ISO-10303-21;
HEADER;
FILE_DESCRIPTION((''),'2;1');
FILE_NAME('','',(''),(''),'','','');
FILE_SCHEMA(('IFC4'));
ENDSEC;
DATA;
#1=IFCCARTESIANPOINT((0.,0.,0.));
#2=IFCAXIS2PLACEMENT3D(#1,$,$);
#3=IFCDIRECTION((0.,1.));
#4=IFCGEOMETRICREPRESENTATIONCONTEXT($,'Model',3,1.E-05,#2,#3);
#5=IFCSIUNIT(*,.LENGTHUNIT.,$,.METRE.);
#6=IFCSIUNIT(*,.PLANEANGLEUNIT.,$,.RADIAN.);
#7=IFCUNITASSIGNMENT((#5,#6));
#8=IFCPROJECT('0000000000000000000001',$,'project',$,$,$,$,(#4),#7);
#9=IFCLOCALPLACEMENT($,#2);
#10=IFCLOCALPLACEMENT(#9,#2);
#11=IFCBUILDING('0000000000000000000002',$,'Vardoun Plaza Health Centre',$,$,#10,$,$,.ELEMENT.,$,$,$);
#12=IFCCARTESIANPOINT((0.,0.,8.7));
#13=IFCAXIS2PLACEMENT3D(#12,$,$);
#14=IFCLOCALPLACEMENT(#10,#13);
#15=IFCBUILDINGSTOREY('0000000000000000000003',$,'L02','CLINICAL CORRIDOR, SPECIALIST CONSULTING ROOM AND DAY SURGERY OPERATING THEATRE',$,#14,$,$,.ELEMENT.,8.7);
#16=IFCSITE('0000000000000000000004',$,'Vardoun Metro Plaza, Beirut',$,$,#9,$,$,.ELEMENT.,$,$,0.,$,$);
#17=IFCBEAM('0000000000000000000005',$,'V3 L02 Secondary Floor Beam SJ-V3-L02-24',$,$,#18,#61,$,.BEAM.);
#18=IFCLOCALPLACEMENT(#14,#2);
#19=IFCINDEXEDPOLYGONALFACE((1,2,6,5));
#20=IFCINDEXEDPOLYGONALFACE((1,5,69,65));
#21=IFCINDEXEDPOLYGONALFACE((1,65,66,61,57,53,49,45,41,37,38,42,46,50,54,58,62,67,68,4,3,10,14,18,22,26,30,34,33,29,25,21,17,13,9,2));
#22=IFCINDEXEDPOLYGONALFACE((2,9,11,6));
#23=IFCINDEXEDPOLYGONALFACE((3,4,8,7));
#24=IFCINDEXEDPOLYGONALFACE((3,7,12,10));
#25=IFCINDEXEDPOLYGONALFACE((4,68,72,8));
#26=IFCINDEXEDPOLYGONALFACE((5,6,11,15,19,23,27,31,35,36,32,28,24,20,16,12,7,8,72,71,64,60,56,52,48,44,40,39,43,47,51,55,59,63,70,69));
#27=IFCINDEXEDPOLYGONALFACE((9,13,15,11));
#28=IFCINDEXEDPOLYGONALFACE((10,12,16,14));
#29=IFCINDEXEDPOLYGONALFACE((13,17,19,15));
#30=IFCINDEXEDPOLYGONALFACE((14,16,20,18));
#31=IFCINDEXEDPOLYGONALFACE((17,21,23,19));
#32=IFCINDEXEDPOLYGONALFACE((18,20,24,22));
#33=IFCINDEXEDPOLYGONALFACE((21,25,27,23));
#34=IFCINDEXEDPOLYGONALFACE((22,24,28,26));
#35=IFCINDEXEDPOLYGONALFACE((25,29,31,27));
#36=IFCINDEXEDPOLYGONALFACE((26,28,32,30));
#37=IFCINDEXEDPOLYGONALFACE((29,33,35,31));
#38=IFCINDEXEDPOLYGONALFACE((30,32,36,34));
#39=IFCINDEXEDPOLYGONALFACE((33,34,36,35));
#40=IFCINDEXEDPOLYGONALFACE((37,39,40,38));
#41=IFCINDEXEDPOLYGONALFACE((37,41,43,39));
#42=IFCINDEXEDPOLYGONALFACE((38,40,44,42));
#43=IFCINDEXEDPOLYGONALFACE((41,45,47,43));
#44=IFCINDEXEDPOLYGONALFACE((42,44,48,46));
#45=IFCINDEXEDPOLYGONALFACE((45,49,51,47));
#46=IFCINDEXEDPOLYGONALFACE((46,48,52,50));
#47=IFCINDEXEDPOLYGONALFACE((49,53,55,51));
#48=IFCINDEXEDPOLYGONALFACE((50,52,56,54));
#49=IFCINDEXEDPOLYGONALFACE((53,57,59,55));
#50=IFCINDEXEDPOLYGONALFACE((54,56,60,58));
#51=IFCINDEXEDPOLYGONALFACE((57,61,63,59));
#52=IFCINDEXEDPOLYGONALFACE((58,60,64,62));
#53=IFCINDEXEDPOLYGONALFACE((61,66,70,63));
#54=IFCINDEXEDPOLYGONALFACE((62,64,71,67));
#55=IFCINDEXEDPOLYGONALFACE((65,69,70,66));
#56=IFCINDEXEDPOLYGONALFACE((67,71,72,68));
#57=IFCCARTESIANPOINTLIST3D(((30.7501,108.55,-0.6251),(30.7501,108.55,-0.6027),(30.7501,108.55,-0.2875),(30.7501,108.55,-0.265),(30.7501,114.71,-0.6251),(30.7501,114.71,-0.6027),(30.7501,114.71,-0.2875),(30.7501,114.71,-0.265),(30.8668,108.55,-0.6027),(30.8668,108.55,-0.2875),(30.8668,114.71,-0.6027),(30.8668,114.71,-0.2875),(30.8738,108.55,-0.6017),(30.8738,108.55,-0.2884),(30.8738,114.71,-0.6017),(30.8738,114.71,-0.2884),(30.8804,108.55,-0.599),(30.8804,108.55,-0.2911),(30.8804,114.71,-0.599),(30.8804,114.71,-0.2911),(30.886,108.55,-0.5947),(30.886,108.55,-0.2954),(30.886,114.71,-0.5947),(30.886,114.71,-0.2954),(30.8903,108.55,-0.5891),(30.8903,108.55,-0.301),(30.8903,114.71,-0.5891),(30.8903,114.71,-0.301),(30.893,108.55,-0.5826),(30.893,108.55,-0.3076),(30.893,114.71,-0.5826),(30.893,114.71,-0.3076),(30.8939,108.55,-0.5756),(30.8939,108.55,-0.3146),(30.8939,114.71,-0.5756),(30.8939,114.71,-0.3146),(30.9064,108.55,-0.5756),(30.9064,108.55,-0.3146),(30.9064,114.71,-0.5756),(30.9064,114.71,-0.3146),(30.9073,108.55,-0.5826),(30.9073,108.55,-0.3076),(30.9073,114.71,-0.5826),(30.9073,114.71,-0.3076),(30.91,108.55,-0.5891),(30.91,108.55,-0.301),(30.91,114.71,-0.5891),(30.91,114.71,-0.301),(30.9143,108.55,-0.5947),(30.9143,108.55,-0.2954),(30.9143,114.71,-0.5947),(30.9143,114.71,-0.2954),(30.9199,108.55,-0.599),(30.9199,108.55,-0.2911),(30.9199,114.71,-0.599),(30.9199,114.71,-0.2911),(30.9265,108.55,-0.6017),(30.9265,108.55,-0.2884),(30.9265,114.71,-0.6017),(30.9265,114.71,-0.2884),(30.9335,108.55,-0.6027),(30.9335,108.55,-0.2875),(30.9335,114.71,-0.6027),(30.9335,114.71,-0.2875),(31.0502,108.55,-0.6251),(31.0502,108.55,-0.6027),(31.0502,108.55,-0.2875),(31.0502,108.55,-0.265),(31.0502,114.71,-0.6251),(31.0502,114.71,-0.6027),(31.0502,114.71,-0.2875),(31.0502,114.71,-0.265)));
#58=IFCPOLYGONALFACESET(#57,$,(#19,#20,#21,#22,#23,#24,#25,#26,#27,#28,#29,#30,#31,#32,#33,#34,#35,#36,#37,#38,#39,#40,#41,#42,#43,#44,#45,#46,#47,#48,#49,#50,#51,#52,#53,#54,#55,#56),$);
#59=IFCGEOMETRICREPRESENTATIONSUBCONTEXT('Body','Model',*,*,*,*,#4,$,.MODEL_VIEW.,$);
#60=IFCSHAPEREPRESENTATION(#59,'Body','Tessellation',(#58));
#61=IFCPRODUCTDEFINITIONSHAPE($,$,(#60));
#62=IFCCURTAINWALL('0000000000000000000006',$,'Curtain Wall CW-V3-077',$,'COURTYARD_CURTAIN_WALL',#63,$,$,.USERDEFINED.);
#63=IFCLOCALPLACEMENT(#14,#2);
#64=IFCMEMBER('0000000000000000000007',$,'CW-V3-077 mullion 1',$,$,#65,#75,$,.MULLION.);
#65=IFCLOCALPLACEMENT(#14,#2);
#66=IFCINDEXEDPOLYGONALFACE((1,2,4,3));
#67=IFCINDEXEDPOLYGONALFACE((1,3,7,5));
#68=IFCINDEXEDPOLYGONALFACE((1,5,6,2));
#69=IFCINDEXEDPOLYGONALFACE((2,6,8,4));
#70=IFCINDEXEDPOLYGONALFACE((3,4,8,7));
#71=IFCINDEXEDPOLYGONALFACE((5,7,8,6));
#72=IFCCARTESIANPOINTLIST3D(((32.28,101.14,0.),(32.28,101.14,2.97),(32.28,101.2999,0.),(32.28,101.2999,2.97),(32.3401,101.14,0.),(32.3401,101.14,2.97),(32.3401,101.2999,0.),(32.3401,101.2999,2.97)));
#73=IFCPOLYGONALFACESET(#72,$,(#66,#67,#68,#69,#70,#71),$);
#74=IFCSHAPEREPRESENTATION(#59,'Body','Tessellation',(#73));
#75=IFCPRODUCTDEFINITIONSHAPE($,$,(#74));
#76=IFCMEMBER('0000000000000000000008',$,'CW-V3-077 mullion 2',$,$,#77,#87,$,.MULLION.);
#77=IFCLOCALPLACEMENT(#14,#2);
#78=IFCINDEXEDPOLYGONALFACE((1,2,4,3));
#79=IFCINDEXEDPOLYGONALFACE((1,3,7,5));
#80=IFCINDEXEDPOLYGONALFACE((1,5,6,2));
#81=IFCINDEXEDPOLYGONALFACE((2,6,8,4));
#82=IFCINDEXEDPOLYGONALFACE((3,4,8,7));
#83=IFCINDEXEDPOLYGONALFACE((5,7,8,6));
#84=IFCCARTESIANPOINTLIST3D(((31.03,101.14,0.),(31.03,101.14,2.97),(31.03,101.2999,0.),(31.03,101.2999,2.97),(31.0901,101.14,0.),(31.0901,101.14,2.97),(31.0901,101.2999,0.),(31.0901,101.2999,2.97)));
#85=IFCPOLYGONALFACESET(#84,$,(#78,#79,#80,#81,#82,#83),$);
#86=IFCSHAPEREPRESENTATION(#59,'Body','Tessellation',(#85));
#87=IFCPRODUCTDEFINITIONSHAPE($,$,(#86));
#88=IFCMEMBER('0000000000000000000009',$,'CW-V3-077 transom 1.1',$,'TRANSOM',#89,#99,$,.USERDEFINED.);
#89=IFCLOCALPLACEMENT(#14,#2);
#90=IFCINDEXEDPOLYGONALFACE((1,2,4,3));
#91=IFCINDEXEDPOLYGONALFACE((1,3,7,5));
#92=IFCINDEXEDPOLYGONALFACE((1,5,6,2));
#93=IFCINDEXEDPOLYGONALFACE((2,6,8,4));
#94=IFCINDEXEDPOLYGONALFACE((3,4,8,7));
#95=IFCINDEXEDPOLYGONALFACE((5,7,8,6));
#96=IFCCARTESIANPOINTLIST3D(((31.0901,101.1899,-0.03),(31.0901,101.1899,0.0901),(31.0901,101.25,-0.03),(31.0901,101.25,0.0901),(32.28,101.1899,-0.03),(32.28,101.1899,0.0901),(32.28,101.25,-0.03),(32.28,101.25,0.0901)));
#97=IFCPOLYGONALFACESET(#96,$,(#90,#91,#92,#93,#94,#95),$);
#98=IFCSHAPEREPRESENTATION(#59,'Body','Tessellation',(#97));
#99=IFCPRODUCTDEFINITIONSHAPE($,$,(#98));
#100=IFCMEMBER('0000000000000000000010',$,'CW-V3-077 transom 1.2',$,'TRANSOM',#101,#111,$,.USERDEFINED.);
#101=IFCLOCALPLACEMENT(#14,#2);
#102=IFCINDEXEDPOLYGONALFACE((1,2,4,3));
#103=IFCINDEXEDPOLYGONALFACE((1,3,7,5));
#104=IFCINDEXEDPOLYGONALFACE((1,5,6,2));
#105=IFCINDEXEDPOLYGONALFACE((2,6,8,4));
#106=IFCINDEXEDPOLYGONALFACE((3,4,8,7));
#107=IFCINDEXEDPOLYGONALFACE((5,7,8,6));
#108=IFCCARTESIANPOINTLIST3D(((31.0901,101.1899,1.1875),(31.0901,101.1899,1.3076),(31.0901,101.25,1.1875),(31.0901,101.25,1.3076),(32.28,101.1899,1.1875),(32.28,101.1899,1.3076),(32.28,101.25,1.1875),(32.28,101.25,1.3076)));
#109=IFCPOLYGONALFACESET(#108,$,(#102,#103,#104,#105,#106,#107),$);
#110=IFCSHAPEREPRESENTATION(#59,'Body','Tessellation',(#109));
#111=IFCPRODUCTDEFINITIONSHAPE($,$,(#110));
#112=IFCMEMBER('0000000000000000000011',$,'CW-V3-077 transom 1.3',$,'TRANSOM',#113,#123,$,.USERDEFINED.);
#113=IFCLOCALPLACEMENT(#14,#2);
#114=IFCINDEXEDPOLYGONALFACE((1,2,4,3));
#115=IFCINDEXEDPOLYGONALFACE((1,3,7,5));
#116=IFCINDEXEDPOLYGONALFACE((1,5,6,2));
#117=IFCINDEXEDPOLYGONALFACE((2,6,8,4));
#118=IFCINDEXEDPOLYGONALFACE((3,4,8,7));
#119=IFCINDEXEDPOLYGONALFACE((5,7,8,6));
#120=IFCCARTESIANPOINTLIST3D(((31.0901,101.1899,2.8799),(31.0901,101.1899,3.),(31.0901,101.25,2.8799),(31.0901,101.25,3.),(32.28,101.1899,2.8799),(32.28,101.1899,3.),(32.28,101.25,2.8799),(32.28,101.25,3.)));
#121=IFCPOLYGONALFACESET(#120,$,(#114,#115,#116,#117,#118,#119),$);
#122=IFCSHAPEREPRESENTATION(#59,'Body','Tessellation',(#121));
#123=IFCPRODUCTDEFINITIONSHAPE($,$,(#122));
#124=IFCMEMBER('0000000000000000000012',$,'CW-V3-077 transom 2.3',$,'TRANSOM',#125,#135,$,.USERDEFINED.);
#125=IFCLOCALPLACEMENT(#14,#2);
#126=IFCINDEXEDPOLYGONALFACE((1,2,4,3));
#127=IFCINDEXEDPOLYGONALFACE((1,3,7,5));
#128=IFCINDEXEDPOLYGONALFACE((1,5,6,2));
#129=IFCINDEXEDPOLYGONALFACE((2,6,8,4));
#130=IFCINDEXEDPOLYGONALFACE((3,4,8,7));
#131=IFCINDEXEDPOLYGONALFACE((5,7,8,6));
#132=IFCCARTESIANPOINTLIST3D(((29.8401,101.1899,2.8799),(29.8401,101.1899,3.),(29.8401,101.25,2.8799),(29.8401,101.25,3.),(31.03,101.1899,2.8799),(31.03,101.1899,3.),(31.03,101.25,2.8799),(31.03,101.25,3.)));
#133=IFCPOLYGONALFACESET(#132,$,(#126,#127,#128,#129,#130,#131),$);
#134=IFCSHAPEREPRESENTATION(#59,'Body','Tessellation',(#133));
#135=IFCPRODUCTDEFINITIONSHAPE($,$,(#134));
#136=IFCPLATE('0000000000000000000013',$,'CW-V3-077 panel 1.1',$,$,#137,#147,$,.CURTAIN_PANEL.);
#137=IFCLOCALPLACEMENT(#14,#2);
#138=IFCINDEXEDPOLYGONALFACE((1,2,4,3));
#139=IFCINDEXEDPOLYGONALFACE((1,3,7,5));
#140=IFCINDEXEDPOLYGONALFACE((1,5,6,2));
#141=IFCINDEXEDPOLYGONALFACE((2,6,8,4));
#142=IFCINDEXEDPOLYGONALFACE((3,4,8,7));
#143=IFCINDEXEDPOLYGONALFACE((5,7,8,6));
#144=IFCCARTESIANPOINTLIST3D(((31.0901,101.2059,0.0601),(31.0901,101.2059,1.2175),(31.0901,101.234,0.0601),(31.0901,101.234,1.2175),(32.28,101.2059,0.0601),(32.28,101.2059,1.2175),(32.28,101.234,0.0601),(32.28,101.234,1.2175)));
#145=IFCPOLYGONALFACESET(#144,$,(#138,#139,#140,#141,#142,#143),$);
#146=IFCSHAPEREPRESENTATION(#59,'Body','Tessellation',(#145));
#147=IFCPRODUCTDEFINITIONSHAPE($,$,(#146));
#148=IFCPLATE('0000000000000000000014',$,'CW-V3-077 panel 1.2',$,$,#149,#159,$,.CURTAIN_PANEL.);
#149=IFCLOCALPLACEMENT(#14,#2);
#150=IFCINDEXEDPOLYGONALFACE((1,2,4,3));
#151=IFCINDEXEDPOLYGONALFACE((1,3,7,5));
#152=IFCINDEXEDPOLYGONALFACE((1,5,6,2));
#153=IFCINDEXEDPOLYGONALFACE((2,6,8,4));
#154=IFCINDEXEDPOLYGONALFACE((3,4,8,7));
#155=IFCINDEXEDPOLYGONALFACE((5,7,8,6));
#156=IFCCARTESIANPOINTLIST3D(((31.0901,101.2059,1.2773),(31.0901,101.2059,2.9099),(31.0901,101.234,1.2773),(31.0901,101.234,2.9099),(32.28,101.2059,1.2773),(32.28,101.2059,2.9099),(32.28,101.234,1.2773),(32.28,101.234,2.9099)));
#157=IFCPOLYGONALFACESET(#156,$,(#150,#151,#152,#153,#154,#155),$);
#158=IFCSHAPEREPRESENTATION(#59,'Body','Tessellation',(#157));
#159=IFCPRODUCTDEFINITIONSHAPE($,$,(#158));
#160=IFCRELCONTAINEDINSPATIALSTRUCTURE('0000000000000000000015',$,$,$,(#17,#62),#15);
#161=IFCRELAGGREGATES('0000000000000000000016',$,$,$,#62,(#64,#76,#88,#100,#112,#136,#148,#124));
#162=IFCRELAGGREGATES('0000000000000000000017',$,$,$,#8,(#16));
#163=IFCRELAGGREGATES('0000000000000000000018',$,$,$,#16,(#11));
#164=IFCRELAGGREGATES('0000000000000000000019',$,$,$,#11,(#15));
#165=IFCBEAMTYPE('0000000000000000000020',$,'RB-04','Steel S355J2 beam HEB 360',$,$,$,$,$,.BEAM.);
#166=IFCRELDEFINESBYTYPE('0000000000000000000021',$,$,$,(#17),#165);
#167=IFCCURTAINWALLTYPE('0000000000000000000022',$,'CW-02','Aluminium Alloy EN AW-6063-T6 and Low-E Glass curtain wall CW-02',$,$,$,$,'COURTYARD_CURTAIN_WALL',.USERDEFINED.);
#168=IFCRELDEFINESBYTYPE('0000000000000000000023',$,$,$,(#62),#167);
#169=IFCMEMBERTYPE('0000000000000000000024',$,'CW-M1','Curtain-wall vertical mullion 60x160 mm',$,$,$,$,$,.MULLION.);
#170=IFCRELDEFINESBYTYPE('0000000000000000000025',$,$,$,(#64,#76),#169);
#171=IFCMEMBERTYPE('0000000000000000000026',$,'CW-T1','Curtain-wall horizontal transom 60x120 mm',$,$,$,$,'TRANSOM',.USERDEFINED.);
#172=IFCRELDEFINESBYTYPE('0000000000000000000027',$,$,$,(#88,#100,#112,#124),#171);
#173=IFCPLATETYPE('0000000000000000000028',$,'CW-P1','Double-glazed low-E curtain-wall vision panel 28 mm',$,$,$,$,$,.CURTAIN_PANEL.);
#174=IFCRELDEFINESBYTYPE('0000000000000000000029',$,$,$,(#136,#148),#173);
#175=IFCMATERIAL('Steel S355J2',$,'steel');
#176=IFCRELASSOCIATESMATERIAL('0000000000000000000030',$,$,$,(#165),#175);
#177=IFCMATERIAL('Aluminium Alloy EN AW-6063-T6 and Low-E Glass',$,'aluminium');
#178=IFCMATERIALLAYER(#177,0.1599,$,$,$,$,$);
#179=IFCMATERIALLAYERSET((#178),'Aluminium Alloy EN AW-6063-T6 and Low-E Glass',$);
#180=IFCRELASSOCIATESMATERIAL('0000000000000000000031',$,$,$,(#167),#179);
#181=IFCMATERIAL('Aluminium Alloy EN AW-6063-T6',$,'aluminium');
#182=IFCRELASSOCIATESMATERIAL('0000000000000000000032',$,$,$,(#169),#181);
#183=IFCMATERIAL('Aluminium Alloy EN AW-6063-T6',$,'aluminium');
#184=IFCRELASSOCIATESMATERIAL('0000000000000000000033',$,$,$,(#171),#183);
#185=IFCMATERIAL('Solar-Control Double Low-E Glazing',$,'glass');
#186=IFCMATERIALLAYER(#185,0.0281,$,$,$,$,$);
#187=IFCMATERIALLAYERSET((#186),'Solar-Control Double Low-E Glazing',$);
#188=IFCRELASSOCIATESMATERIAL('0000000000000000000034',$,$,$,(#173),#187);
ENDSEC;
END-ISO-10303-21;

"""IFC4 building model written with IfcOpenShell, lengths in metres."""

from ifc_helpers import new_model, si_unit, direction, frame, origin, origin_2d, place, context, subcontext, project, spatial, rectangle, i_section, extrude, material, layer, layer_set, material_profile, profile_set, type_object, element, aggregate, save


model = new_model("IFC4")

# Units and contexts
model_context = context("Model", 3, precision=1e-05, world=origin(), true_north=direction((0.0, 1.0)))
body_context = subcontext(model_context, "Body", "Model", "MODEL_VIEW")
ifc_project = project(units=[si_unit("LENGTHUNIT", "METRE"), si_unit("PLANEANGLEUNIT", "RADIAN")], contexts=[model_context])

# Site, building, storey
site_placement = place(None, origin())
site = spatial("IfcSite", under=ifc_project, at=site_placement, Name="Vardoun Metro Plaza, Beirut", CompositionType="ELEMENT", RefElevation=0.0)
building_placement = place(site_placement, origin())
building = spatial("IfcBuilding", under=site, at=building_placement, Name="Vardoun Plaza Health Centre", CompositionType="ELEMENT")
storey_placement = place(building_placement, frame((0.0, 0.0, 8.7)))
storey = spatial("IfcBuildingStorey", under=building, at=storey_placement, Name="L02", Description="CLINICAL CORRIDOR, SPECIALIST CONSULTING ROOM AND DAY SURGERY OPERATING THEATRE", CompositionType="ELEMENT", Elevation=8.7)

# Beam
ifc_material_1 = material(Name="Steel S355J2", Category="steel")
ifc_material_profile_1 = material_profile(ifc_material_1, i_section(OverallWidth=0.3, OverallDepth=0.3601, WebThickness=0.0125, FlangeThickness=0.0225, FilletRadius=0.0271, at=origin_2d()), Name="HEB 360")
ifc_profile_set_1 = profile_set([ifc_material_profile_1], Name="Steel S355J2")
beam_type_1 = type_object("IfcBeamType", Name="RB-04", Description="Steel S355J2 beam HEB 360", PredefinedType="BEAM", material=ifc_profile_set_1)
beam_1_placement = place(storey_placement, frame((30.9001, 108.55, -0.4451), z_axis=(0.0, 1.0, 0.0), x_axis=(-1.0, 0.0, 0.0)))
element("IfcBeam", 1, at=beam_1_placement, inside=storey, type_object=beam_type_1, Name="V3 L02 Secondary Floor Beam SJ-V3-L02-24", PredefinedType="BEAM", context=body_context, shape_type="SweptSolid", body=[
    extrude(i_section(OverallWidth=0.3, OverallDepth=0.3601, WebThickness=0.0125, FlangeThickness=0.0225, FilletRadius=0.0271, at=origin_2d()), origin(), (0.0, 0.0, 1.0), 6.1599),
])

# Curtain wall, members, plates
ifc_material_2 = material(Name="Aluminium Alloy EN AW-6063-T6 and Low-E Glass", Category="aluminium")
ifc_layer_1 = layer(ifc_material_2, 0.1599)
ifc_layer_set_1 = layer_set([ifc_layer_1], Name="Aluminium Alloy EN AW-6063-T6 and Low-E Glass")
curtain_wall_type = type_object("IfcCurtainWallType", Name="CW-02", Description="Aluminium Alloy EN AW-6063-T6 and Low-E Glass curtain wall CW-02", ElementType="COURTYARD_CURTAIN_WALL", PredefinedType="USERDEFINED", material=ifc_layer_set_1)
curtain_wall_placement = place(storey_placement, origin())
curtain_wall = element("IfcCurtainWall", 2, at=curtain_wall_placement, inside=storey, type_object=curtain_wall_type, Name="Curtain Wall CW-V3-077", ObjectType="COURTYARD_CURTAIN_WALL", PredefinedType="USERDEFINED")
ifc_material_3 = material(Name="Aluminium Alloy EN AW-6063-T6", Category="aluminium")
ifc_material_profile_2 = material_profile(ifc_material_3, rectangle(XDim=0.1599, YDim=0.0601, at=origin_2d()), Name="CWM 60x160")
ifc_profile_set_2 = profile_set([ifc_material_profile_2], Name="Aluminium Alloy EN AW-6063-T6")
member_type_1 = type_object("IfcMemberType", Name="CW-M1", Description="Curtain-wall vertical mullion 60x160 mm", PredefinedType="MULLION", material=ifc_profile_set_2)
member_1_placement = place(storey_placement, frame((32.3101, 101.22, 0.0), z_axis=(0.0, 0.0, 1.0), x_axis=(0.0, -1.0, 0.0)))
member_1 = element("IfcMember", 3, at=member_1_placement, type_object=member_type_1, Name="CW-V3-077 mullion 1", PredefinedType="MULLION", context=body_context, shape_type="SweptSolid", body=[
    extrude(rectangle(XDim=0.1599, YDim=0.0601, at=origin_2d()), origin(), (0.0, 0.0, 1.0), 2.97),
])
member_2_placement = place(storey_placement, frame((31.0601, 101.22, 0.0), z_axis=(0.0, 0.0, 1.0), x_axis=(0.0, -1.0, 0.0)))
member_2 = element("IfcMember", 4, at=member_2_placement, type_object=member_type_1, Name="CW-V3-077 mullion 2", PredefinedType="MULLION", context=body_context, shape_type="SweptSolid", body=[
    extrude(rectangle(XDim=0.1599, YDim=0.0601, at=origin_2d()), origin(), (0.0, 0.0, 1.0), 2.97),
])
ifc_material_4 = material(Name="Aluminium Alloy EN AW-6063-T6", Category="aluminium")
ifc_material_profile_3 = material_profile(ifc_material_4, rectangle(XDim=0.0601, YDim=0.1201, at=origin_2d()), Name="CWT 60x120")
ifc_profile_set_3 = profile_set([ifc_material_profile_3], Name="Aluminium Alloy EN AW-6063-T6")
member_type_2 = type_object("IfcMemberType", Name="CW-T1", Description="Curtain-wall horizontal transom 60x120 mm", ElementType="TRANSOM", PredefinedType="USERDEFINED", material=ifc_profile_set_3)
member_3_placement = place(storey_placement, frame((32.28, 101.22, 0.03), z_axis=(-1.0, 0.0, 0.0), x_axis=(0.0, -1.0, 0.0)))
member_3 = element("IfcMember", 5, at=member_3_placement, type_object=member_type_2, Name="CW-V3-077 transom 1.1", ObjectType="TRANSOM", PredefinedType="USERDEFINED", context=body_context, shape_type="SweptSolid", body=[
    extrude(rectangle(XDim=0.0601, YDim=0.1201, at=origin_2d()), origin(), (0.0, 0.0, 1.0), 1.1899),
])
member_4_placement = place(storey_placement, frame((32.28, 101.22, 1.2476), z_axis=(-1.0, 0.0, 0.0), x_axis=(0.0, -1.0, 0.0)))
member_4 = element("IfcMember", 6, at=member_4_placement, type_object=member_type_2, Name="CW-V3-077 transom 1.2", ObjectType="TRANSOM", PredefinedType="USERDEFINED", context=body_context, shape_type="SweptSolid", body=[
    extrude(rectangle(XDim=0.0601, YDim=0.1201, at=origin_2d()), origin(), (0.0, 0.0, 1.0), 1.1899),
])
member_5_placement = place(storey_placement, frame((32.28, 101.22, 2.9399), z_axis=(-1.0, 0.0, 0.0), x_axis=(0.0, -1.0, 0.0)))
member_5 = element("IfcMember", 7, at=member_5_placement, type_object=member_type_2, Name="CW-V3-077 transom 1.3", ObjectType="TRANSOM", PredefinedType="USERDEFINED", context=body_context, shape_type="SweptSolid", body=[
    extrude(rectangle(XDim=0.0601, YDim=0.1201, at=origin_2d()), origin(), (0.0, 0.0, 1.0), 1.1899),
])
member_6_placement = place(storey_placement, frame((31.03, 101.22, 2.9399), z_axis=(-1.0, 0.0, 0.0), x_axis=(0.0, -1.0, 0.0)))
member_6 = element("IfcMember", 8, at=member_6_placement, type_object=member_type_2, Name="CW-V3-077 transom 2.3", ObjectType="TRANSOM", PredefinedType="USERDEFINED", context=body_context, shape_type="SweptSolid", body=[
    extrude(rectangle(XDim=0.0601, YDim=0.1201, at=origin_2d()), origin(), (0.0, 0.0, 1.0), 1.1899),
])
ifc_material_5 = material(Name="Solar-Control Double Low-E Glazing", Category="glass")
ifc_layer_2 = layer(ifc_material_5, 0.0281)
ifc_layer_set_2 = layer_set([ifc_layer_2], Name="Solar-Control Double Low-E Glazing")
plate_type = type_object("IfcPlateType", Name="CW-P1", Description="Double-glazed low-E curtain-wall vision panel 28 mm", PredefinedType="CURTAIN_PANEL", material=ifc_layer_set_2)
plate_1_placement = place(storey_placement, frame((31.6851, 101.22, 0.0601), z_axis=(0.0, 0.0, 1.0), x_axis=(-1.0, 0.0, 0.0)))
plate_1 = element("IfcPlate", 9, at=plate_1_placement, type_object=plate_type, Name="CW-V3-077 panel 1.1", PredefinedType="CURTAIN_PANEL", context=body_context, shape_type="SweptSolid", body=[
    extrude(rectangle(XDim=1.1899, YDim=0.0281, at=origin_2d()), origin(), (0.0, 0.0, 1.0), 1.1575),
])
plate_2_placement = place(storey_placement, frame((31.6851, 101.22, 1.2773), z_axis=(0.0, 0.0, 1.0), x_axis=(-1.0, 0.0, 0.0)))
plate_2 = element("IfcPlate", 10, at=plate_2_placement, type_object=plate_type, Name="CW-V3-077 panel 1.2", PredefinedType="CURTAIN_PANEL", context=body_context, shape_type="SweptSolid", body=[
    extrude(rectangle(XDim=1.1899, YDim=0.0281, at=origin_2d()), origin(), (0.0, 0.0, 1.0), 1.6326),
])
aggregate(curtain_wall, [member_1, member_2, member_3, member_4, member_5, plate_1, plate_2, member_6])

save(model, "model.ifc")
